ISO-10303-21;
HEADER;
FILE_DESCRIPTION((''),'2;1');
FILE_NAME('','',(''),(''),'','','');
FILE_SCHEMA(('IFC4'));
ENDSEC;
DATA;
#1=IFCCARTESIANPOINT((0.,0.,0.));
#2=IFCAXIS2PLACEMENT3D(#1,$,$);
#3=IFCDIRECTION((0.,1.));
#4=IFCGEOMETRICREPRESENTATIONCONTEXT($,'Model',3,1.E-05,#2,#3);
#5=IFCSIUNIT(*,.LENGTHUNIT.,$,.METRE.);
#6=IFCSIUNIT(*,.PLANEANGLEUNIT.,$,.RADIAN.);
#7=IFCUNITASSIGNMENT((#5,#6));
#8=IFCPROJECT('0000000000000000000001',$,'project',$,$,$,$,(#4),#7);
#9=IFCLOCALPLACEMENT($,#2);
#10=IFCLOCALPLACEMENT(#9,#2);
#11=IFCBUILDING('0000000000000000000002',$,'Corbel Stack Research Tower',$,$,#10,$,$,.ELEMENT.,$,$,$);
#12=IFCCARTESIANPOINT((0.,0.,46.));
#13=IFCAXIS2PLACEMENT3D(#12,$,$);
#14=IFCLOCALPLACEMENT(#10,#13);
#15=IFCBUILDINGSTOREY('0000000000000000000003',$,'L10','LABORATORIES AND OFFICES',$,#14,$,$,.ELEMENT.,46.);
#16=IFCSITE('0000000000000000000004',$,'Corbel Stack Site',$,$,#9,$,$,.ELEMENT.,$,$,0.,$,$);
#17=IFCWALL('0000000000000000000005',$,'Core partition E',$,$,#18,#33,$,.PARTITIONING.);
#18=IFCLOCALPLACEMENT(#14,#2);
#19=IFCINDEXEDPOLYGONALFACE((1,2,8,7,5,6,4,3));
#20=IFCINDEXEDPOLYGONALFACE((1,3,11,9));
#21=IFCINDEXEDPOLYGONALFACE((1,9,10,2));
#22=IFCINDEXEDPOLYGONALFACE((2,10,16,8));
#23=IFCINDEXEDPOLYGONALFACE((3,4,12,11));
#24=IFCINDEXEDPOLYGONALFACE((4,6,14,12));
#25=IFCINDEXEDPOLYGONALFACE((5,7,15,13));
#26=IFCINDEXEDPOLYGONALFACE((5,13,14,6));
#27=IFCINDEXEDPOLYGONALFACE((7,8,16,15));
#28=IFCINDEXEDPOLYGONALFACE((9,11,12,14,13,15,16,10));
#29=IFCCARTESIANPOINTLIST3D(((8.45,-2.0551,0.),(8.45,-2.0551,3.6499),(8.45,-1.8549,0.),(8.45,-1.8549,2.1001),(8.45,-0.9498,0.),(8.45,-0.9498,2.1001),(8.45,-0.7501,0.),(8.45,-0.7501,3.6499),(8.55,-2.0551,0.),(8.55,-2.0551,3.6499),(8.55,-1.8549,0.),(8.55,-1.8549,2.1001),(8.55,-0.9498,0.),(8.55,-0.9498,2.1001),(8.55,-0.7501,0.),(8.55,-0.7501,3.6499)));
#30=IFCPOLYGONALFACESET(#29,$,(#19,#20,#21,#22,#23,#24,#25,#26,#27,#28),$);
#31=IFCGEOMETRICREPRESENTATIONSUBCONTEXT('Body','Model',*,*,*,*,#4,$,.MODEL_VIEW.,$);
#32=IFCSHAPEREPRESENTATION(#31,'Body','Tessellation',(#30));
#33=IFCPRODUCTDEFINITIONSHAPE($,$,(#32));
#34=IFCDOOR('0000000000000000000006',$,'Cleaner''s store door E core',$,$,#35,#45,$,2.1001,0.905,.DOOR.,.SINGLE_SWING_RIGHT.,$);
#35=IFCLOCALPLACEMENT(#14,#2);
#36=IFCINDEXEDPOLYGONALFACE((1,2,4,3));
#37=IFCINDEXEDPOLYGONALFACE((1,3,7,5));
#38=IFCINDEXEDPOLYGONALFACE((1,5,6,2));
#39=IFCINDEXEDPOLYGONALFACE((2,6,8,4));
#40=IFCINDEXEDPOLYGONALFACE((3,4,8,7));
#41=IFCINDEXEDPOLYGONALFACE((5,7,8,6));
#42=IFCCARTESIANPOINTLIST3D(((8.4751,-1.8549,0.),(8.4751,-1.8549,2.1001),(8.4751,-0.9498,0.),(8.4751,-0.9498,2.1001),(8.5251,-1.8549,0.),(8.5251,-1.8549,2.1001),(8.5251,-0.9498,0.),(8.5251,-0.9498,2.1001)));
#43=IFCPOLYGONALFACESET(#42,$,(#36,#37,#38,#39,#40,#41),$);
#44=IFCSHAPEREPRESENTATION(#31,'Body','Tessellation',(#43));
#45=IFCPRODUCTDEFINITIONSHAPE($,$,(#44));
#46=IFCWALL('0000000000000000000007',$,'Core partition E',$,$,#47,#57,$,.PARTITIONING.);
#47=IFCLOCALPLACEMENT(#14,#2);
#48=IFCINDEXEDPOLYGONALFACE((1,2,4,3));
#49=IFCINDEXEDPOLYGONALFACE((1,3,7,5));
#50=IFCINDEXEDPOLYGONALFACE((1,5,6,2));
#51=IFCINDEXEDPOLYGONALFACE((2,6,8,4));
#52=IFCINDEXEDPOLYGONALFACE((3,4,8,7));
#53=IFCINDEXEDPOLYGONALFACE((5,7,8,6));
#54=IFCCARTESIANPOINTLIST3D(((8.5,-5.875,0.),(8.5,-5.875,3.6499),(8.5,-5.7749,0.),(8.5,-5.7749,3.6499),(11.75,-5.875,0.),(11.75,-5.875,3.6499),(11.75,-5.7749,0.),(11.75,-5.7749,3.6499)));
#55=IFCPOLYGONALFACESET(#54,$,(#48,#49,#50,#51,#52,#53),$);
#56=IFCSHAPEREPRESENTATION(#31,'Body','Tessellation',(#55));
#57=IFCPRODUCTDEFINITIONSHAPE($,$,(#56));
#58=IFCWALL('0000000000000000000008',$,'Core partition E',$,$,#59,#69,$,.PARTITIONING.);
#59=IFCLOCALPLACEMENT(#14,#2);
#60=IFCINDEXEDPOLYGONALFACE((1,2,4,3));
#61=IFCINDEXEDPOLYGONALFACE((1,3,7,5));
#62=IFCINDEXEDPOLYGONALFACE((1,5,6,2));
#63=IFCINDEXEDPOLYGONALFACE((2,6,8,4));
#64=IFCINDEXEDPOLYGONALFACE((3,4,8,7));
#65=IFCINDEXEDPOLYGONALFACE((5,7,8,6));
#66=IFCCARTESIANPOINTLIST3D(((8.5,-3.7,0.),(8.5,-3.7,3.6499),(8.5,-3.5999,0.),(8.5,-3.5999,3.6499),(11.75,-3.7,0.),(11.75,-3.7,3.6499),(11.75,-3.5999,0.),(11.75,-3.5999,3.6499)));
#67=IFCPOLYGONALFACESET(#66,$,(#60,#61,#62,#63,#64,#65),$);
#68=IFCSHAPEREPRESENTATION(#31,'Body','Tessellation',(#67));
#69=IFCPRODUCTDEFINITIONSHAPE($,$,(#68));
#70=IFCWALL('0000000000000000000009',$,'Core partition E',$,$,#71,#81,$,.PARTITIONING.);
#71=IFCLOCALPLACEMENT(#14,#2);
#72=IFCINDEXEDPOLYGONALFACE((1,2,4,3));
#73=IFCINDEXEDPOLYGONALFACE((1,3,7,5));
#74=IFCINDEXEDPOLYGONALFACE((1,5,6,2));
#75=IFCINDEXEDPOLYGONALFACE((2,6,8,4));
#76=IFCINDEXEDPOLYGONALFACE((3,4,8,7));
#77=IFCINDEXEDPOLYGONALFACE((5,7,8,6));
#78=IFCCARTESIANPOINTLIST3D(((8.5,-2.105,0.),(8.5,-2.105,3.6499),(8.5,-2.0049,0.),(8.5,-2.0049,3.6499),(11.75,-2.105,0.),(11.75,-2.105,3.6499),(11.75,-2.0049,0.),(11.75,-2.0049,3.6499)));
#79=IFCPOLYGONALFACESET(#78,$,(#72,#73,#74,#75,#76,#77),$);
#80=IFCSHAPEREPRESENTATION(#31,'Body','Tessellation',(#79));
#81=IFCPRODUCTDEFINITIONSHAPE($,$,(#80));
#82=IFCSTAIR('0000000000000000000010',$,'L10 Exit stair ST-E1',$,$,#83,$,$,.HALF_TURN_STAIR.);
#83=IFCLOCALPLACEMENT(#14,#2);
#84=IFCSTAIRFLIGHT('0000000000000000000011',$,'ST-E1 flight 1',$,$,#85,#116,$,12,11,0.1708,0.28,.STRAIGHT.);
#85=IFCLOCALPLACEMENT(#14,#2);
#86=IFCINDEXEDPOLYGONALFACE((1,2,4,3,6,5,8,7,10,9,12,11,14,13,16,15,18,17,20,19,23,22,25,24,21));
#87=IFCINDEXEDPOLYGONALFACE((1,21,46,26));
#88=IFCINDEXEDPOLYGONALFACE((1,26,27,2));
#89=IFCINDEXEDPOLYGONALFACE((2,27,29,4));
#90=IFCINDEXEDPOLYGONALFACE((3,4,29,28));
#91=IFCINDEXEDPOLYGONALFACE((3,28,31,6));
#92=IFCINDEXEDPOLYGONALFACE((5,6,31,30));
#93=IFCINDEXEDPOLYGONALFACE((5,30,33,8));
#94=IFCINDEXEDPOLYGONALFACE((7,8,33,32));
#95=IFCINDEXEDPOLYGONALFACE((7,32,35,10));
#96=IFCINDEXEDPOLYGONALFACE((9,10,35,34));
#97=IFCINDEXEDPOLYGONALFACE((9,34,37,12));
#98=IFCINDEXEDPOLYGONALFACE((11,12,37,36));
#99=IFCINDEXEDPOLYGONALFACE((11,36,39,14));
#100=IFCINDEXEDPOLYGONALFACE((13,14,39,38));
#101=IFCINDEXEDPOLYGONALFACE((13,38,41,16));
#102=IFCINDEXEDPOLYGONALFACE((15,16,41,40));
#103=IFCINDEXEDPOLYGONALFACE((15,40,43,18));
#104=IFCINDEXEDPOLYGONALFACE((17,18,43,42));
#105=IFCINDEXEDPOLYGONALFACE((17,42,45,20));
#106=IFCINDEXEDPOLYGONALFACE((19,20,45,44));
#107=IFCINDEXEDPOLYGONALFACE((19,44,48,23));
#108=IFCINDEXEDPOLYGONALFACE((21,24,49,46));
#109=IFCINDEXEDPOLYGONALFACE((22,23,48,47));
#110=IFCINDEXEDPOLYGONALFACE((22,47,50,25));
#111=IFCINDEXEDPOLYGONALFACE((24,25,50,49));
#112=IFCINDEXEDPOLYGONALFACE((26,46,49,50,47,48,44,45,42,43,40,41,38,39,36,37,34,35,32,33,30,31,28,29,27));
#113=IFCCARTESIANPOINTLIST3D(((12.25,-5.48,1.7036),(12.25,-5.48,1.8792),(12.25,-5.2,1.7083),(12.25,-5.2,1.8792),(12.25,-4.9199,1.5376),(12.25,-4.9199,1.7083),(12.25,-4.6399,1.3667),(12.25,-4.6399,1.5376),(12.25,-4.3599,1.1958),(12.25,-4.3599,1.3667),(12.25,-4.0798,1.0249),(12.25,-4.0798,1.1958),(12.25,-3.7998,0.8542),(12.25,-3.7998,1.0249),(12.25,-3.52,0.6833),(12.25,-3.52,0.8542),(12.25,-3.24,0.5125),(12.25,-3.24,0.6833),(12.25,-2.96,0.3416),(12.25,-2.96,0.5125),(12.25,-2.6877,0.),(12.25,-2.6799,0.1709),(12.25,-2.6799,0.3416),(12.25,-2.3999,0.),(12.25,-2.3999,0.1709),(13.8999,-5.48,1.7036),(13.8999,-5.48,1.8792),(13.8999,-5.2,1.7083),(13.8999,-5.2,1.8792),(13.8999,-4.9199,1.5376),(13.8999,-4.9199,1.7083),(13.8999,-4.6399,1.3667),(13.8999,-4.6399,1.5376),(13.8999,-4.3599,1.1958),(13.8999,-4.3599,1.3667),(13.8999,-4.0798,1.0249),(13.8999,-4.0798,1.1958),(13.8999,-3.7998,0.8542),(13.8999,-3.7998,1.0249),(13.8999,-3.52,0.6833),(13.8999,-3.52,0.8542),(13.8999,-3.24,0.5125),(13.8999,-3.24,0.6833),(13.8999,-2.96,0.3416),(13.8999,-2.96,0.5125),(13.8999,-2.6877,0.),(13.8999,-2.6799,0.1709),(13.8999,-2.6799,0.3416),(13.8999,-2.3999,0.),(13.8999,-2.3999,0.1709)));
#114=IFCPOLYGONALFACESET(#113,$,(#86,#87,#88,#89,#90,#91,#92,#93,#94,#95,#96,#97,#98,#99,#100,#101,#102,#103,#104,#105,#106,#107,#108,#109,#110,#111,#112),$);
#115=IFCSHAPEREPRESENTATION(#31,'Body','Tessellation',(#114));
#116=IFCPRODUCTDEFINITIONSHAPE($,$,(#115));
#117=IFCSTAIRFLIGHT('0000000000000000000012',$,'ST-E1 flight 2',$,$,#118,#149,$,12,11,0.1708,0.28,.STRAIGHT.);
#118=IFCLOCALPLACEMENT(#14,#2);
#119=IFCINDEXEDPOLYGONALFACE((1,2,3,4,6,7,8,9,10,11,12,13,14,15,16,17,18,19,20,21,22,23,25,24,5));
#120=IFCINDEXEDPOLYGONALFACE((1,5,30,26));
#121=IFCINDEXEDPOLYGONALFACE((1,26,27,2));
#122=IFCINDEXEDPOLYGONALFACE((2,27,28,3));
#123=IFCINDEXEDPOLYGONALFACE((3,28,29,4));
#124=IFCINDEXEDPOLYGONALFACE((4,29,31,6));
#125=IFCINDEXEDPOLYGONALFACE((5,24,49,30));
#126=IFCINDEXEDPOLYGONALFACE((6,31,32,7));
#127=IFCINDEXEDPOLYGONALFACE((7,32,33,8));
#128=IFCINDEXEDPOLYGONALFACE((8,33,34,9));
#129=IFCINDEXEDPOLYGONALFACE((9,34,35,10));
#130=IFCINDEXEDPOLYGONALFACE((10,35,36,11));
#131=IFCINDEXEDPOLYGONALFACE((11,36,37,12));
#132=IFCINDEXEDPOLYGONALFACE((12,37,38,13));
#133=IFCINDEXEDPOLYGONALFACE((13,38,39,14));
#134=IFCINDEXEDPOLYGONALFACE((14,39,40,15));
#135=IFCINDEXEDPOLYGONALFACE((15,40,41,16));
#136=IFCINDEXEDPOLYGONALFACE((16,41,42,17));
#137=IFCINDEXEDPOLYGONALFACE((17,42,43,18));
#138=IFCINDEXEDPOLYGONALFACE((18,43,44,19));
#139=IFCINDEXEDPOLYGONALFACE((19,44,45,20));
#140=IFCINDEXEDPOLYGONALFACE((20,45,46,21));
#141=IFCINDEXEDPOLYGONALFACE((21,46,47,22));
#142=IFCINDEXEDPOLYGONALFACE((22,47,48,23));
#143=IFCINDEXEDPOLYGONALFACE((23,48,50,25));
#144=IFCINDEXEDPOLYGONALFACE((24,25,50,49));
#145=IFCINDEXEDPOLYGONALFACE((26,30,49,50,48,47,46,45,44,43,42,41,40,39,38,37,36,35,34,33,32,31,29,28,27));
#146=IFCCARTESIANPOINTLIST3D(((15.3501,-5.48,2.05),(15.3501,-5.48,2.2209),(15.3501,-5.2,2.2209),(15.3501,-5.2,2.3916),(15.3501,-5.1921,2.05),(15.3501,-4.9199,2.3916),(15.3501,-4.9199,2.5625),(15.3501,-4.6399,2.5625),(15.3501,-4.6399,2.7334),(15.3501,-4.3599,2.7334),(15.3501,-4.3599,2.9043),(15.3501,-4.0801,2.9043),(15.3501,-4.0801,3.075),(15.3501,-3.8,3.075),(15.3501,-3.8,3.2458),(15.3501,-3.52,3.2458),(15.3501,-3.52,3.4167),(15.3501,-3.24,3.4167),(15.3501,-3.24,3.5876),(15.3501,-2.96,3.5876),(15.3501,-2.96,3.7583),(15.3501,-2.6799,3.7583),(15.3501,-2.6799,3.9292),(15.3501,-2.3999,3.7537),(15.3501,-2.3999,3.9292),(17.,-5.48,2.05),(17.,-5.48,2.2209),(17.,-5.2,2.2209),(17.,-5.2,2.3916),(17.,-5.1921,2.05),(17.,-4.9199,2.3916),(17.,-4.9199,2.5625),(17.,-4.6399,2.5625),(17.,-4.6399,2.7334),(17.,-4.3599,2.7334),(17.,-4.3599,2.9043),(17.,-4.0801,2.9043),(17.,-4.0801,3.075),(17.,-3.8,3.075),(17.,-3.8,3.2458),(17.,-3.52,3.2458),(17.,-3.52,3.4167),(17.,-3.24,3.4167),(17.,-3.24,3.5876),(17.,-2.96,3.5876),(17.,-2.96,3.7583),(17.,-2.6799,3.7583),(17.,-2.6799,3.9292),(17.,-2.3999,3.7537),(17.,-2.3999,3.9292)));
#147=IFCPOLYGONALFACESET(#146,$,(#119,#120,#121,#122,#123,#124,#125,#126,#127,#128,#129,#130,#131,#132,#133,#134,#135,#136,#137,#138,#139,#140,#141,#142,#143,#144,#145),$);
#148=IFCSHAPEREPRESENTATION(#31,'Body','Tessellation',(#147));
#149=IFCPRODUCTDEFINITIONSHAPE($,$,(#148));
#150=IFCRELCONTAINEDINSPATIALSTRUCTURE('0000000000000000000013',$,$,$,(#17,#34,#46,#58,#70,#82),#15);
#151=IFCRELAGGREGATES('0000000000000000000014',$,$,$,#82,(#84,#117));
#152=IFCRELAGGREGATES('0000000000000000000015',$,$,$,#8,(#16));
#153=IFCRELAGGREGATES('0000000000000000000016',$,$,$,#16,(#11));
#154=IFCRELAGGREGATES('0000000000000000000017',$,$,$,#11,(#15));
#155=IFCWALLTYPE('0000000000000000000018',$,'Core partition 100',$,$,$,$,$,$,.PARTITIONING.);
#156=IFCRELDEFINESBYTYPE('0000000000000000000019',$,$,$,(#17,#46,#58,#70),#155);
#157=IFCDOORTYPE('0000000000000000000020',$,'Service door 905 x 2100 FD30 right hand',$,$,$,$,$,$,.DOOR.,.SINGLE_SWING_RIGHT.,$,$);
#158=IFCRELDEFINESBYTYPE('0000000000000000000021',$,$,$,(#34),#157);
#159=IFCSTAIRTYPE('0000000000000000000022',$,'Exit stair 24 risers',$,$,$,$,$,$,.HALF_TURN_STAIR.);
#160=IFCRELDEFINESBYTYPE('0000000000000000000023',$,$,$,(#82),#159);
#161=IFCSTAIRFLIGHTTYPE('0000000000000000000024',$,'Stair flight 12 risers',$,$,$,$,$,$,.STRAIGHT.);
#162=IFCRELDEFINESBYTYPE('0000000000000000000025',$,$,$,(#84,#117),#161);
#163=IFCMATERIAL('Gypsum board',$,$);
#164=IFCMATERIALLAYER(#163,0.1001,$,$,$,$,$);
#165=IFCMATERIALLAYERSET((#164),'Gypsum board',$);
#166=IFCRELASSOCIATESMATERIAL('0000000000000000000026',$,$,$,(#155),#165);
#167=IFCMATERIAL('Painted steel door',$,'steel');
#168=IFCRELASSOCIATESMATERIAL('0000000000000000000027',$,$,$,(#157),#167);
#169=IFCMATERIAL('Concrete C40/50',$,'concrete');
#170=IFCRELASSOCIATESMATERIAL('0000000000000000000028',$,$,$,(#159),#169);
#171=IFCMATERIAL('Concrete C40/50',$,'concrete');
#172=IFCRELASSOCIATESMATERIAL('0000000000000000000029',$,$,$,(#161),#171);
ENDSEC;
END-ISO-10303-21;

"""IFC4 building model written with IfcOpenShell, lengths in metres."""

from ifc_helpers import new_model, si_unit, direction, frame, frame_2d, origin, place, context, subcontext, project, spatial, polyline, rectangle, outline, extrude, material, layer, layer_set, type_object, element, fill, aggregate, save


model = new_model("IFC4")

# Units and contexts
model_context = context("Model", 3, precision=1e-05, world=origin(), true_north=direction((0.0, 1.0)))
body_context = subcontext(model_context, "Body", "Model", "MODEL_VIEW")
ifc_project = project(units=[si_unit("LENGTHUNIT", "METRE"), si_unit("PLANEANGLEUNIT", "RADIAN")], contexts=[model_context])

# Site, building, storey
site_placement = place(None, origin())
site = spatial("IfcSite", under=ifc_project, at=site_placement, Name="Corbel Stack Site", CompositionType="ELEMENT", RefElevation=0.0)
building_placement = place(site_placement, origin())
building = spatial("IfcBuilding", under=site, at=building_placement, Name="Corbel Stack Research Tower", CompositionType="ELEMENT")
storey_placement = place(building_placement, frame((0.0, 0.0, 46.0)))
storey = spatial("IfcBuildingStorey", under=building, at=storey_placement, Name="L10", Description="LABORATORIES AND OFFICES", CompositionType="ELEMENT", Elevation=46.0)

# Wall, opening, door
ifc_material_1 = material(Name="Gypsum board")
ifc_layer_1 = layer(ifc_material_1, 0.1001)
ifc_layer_set_1 = layer_set([ifc_layer_1], Name="Gypsum board")
wall_type_1 = type_object("IfcWallType", Name="Core partition 100", PredefinedType="PARTITIONING", material=ifc_layer_set_1)
wall_1_placement = place(storey_placement, frame((8.5, -2.0549, 0.0), z_axis=(0.0, 0.0, 1.0), x_axis=(0.0, 1.0, 0.0)))
wall_1 = element("IfcWall", 1, at=wall_1_placement, inside=storey, type_object=wall_type_1, Name="Core partition E", PredefinedType="PARTITIONING", context=body_context, shape_type="SweptSolid", body=[
    extrude(rectangle(XDim=1.3049, YDim=0.1001, at=frame_2d((0.6523, 0.0))), origin(), (0.0, 0.0, 1.0), 3.6499),
])
opening_1_placement = place(wall_1_placement, frame((0.2, 0.0, 0.0)))
opening_1 = element("IfcOpeningElement", 2, at=opening_1_placement, cuts=wall_1, PredefinedType="OPENING", context=body_context, shape_type="SweptSolid", body=[
    extrude(rectangle(XDim=0.905, YDim=2.1001, at=frame_2d((0.4526, 1.05))), frame((0.0, 0.0601, 0.0), z_axis=(0.0, -1.0, 0.0), x_axis=(1.0, 0.0, 0.0)), (0.0, 0.0, 1.0), 0.1201),
])
ifc_material_2 = material(Name="Painted steel door", Category="steel")
door_type_1 = type_object("IfcDoorType", Name="Service door 905 x 2100 FD30 right hand", OperationType="SINGLE_SWING_RIGHT", PredefinedType="DOOR", material=ifc_material_2)
door_1_placement = place(opening_1_placement, origin())
door_1 = element("IfcDoor", 3, at=door_1_placement, inside=storey, type_object=door_type_1, Name="Cleaner's store door E core", OperationType="SINGLE_SWING_RIGHT", OverallHeight=2.1001, OverallWidth=0.905, PredefinedType="DOOR", context=body_context, shape_type="SweptSolid", body=[
    extrude(rectangle(XDim=0.905, YDim=2.1001, at=frame_2d((0.4526, 1.05))), frame((0.0, 0.0249, 0.0), z_axis=(0.0, -1.0, 0.0), x_axis=(1.0, 0.0, 0.0)), (0.0, 0.0, 1.0), 0.05),
])
fill(opening_1, door_1)

# Walls
for number, where, z_axis, x_axis, name in (
    (4, (8.5, -5.825, 0.0), (0.0, 0.0, 1.0), (1.0, 0.0, 0.0), "Core partition E"),
    (5, (8.5, -3.6499, 0.0), (0.0, 0.0, 1.0), (1.0, 0.0, 0.0), "Core partition E"),
    (6, (8.5, -2.0549, 0.0), (0.0, 0.0, 1.0), (1.0, 0.0, 0.0), "Core partition E"),
):
    element("IfcWall", number, at=place(storey_placement, frame(where, z_axis=z_axis, x_axis=x_axis)), inside=storey, type_object=wall_type_1, Name=name, PredefinedType="PARTITIONING", context=body_context, shape_type="SweptSolid", body=[
        extrude(rectangle(XDim=3.25, YDim=0.1001, at=frame_2d((1.625, 0.0))), origin(), (0.0, 0.0, 1.0), 3.6499),
    ])

# Stair, stair flights
ifc_material_3 = material(Name="Concrete C40/50", Category="concrete")
stair_type = type_object("IfcStairType", Name="Exit stair 24 risers", PredefinedType="HALF_TURN_STAIR", material=ifc_material_3)
stair_placement = place(storey_placement, origin())
stair = element("IfcStair", 7, at=stair_placement, inside=storey, type_object=stair_type, Name="L10 Exit stair ST-E1", PredefinedType="HALF_TURN_STAIR")
ifc_material_4 = material(Name="Concrete C40/50", Category="concrete")
stair_flight_type = type_object("IfcStairFlightType", Name="Stair flight 12 risers", PredefinedType="STRAIGHT", material=ifc_material_4)
stair_flight_1_placement = place(storey_placement, frame((13.075, -2.3999, 0.0), z_axis=(0.0, 0.0, 1.0), x_axis=(0.0, -1.0, 0.0)))
stair_flight_1 = element("IfcStairFlight", 8, at=stair_flight_1_placement, type_object=stair_flight_type, Name="ST-E1 flight 1", NumberOfRisers=12, NumberOfTreads=11, PredefinedType="STRAIGHT", RiserHeight=0.1708, TreadLength=0.28, context=body_context, shape_type="SweptSolid", body=[
    extrude(outline(polyline([(0.0, 0.0), (0.0, 0.1709), (0.28, 0.1709), (0.28, 0.3416), (0.5601, 0.3416), (0.5601, 0.5125), (0.8401, 0.5125), (0.8401, 0.6833), (1.1201, 0.6833), (1.1201, 0.8542), (1.3999, 0.8542), (1.3999, 1.0249), (1.6799, 1.0249), (1.6799, 1.1958), (1.96, 1.1958), (1.96, 1.3667), (2.24, 1.3667), (2.24, 1.5376), (2.52, 1.5376), (2.52, 1.7083), (2.8, 1.7083), (2.8, 1.8792), (3.0801, 1.8792), (3.0801, 2.05), (3.0801, 1.7036), (0.2878, 0.0), (0.0, 0.0)])), frame((0.0, 0.825, 0.0), z_axis=(0.0, -1.0, 0.0), x_axis=(1.0, 0.0, 0.0)), (0.0, 0.0, 1.0), 1.6499),
])
stair_flight_2_placement = place(storey_placement, frame((16.175, -5.48, 2.05), z_axis=(0.0, 0.0, 1.0), x_axis=(0.0, 1.0, 0.0)))
stair_flight_2 = element("IfcStairFlight", 9, at=stair_flight_2_placement, type_object=stair_flight_type, Name="ST-E1 flight 2", NumberOfRisers=12, NumberOfTreads=11, PredefinedType="STRAIGHT", RiserHeight=0.1708, TreadLength=0.28, context=body_context, shape_type="SweptSolid", body=[
    extrude(outline(polyline([(0.0, 0.0), (0.0, 0.1709), (0.28, 0.1709), (0.28, 0.3416), (0.5601, 0.3416), (0.5601, 0.5125), (0.8401, 0.5125), (0.8401, 0.6833), (1.1201, 0.6833), (1.1201, 0.8542), (1.3999, 0.8542), (1.3999, 1.0249), (1.6799, 1.0249), (1.6799, 1.1958), (1.96, 1.1958), (1.96, 1.3667), (2.24, 1.3667), (2.24, 1.5376), (2.52, 1.5376), (2.52, 1.7083), (2.8, 1.7083), (2.8, 1.8792), (3.0801, 1.8792), (3.0801, 2.05), (3.0801, 1.7036), (0.2878, 0.0), (0.0, 0.0)])), frame((0.0, 0.825, 0.0), z_axis=(0.0, -1.0, 0.0), x_axis=(1.0, 0.0, 0.0)), (0.0, 0.0, 1.0), 1.6499),
])
aggregate(stair, [stair_flight_1, stair_flight_2])

save(model, "model.ifc")
